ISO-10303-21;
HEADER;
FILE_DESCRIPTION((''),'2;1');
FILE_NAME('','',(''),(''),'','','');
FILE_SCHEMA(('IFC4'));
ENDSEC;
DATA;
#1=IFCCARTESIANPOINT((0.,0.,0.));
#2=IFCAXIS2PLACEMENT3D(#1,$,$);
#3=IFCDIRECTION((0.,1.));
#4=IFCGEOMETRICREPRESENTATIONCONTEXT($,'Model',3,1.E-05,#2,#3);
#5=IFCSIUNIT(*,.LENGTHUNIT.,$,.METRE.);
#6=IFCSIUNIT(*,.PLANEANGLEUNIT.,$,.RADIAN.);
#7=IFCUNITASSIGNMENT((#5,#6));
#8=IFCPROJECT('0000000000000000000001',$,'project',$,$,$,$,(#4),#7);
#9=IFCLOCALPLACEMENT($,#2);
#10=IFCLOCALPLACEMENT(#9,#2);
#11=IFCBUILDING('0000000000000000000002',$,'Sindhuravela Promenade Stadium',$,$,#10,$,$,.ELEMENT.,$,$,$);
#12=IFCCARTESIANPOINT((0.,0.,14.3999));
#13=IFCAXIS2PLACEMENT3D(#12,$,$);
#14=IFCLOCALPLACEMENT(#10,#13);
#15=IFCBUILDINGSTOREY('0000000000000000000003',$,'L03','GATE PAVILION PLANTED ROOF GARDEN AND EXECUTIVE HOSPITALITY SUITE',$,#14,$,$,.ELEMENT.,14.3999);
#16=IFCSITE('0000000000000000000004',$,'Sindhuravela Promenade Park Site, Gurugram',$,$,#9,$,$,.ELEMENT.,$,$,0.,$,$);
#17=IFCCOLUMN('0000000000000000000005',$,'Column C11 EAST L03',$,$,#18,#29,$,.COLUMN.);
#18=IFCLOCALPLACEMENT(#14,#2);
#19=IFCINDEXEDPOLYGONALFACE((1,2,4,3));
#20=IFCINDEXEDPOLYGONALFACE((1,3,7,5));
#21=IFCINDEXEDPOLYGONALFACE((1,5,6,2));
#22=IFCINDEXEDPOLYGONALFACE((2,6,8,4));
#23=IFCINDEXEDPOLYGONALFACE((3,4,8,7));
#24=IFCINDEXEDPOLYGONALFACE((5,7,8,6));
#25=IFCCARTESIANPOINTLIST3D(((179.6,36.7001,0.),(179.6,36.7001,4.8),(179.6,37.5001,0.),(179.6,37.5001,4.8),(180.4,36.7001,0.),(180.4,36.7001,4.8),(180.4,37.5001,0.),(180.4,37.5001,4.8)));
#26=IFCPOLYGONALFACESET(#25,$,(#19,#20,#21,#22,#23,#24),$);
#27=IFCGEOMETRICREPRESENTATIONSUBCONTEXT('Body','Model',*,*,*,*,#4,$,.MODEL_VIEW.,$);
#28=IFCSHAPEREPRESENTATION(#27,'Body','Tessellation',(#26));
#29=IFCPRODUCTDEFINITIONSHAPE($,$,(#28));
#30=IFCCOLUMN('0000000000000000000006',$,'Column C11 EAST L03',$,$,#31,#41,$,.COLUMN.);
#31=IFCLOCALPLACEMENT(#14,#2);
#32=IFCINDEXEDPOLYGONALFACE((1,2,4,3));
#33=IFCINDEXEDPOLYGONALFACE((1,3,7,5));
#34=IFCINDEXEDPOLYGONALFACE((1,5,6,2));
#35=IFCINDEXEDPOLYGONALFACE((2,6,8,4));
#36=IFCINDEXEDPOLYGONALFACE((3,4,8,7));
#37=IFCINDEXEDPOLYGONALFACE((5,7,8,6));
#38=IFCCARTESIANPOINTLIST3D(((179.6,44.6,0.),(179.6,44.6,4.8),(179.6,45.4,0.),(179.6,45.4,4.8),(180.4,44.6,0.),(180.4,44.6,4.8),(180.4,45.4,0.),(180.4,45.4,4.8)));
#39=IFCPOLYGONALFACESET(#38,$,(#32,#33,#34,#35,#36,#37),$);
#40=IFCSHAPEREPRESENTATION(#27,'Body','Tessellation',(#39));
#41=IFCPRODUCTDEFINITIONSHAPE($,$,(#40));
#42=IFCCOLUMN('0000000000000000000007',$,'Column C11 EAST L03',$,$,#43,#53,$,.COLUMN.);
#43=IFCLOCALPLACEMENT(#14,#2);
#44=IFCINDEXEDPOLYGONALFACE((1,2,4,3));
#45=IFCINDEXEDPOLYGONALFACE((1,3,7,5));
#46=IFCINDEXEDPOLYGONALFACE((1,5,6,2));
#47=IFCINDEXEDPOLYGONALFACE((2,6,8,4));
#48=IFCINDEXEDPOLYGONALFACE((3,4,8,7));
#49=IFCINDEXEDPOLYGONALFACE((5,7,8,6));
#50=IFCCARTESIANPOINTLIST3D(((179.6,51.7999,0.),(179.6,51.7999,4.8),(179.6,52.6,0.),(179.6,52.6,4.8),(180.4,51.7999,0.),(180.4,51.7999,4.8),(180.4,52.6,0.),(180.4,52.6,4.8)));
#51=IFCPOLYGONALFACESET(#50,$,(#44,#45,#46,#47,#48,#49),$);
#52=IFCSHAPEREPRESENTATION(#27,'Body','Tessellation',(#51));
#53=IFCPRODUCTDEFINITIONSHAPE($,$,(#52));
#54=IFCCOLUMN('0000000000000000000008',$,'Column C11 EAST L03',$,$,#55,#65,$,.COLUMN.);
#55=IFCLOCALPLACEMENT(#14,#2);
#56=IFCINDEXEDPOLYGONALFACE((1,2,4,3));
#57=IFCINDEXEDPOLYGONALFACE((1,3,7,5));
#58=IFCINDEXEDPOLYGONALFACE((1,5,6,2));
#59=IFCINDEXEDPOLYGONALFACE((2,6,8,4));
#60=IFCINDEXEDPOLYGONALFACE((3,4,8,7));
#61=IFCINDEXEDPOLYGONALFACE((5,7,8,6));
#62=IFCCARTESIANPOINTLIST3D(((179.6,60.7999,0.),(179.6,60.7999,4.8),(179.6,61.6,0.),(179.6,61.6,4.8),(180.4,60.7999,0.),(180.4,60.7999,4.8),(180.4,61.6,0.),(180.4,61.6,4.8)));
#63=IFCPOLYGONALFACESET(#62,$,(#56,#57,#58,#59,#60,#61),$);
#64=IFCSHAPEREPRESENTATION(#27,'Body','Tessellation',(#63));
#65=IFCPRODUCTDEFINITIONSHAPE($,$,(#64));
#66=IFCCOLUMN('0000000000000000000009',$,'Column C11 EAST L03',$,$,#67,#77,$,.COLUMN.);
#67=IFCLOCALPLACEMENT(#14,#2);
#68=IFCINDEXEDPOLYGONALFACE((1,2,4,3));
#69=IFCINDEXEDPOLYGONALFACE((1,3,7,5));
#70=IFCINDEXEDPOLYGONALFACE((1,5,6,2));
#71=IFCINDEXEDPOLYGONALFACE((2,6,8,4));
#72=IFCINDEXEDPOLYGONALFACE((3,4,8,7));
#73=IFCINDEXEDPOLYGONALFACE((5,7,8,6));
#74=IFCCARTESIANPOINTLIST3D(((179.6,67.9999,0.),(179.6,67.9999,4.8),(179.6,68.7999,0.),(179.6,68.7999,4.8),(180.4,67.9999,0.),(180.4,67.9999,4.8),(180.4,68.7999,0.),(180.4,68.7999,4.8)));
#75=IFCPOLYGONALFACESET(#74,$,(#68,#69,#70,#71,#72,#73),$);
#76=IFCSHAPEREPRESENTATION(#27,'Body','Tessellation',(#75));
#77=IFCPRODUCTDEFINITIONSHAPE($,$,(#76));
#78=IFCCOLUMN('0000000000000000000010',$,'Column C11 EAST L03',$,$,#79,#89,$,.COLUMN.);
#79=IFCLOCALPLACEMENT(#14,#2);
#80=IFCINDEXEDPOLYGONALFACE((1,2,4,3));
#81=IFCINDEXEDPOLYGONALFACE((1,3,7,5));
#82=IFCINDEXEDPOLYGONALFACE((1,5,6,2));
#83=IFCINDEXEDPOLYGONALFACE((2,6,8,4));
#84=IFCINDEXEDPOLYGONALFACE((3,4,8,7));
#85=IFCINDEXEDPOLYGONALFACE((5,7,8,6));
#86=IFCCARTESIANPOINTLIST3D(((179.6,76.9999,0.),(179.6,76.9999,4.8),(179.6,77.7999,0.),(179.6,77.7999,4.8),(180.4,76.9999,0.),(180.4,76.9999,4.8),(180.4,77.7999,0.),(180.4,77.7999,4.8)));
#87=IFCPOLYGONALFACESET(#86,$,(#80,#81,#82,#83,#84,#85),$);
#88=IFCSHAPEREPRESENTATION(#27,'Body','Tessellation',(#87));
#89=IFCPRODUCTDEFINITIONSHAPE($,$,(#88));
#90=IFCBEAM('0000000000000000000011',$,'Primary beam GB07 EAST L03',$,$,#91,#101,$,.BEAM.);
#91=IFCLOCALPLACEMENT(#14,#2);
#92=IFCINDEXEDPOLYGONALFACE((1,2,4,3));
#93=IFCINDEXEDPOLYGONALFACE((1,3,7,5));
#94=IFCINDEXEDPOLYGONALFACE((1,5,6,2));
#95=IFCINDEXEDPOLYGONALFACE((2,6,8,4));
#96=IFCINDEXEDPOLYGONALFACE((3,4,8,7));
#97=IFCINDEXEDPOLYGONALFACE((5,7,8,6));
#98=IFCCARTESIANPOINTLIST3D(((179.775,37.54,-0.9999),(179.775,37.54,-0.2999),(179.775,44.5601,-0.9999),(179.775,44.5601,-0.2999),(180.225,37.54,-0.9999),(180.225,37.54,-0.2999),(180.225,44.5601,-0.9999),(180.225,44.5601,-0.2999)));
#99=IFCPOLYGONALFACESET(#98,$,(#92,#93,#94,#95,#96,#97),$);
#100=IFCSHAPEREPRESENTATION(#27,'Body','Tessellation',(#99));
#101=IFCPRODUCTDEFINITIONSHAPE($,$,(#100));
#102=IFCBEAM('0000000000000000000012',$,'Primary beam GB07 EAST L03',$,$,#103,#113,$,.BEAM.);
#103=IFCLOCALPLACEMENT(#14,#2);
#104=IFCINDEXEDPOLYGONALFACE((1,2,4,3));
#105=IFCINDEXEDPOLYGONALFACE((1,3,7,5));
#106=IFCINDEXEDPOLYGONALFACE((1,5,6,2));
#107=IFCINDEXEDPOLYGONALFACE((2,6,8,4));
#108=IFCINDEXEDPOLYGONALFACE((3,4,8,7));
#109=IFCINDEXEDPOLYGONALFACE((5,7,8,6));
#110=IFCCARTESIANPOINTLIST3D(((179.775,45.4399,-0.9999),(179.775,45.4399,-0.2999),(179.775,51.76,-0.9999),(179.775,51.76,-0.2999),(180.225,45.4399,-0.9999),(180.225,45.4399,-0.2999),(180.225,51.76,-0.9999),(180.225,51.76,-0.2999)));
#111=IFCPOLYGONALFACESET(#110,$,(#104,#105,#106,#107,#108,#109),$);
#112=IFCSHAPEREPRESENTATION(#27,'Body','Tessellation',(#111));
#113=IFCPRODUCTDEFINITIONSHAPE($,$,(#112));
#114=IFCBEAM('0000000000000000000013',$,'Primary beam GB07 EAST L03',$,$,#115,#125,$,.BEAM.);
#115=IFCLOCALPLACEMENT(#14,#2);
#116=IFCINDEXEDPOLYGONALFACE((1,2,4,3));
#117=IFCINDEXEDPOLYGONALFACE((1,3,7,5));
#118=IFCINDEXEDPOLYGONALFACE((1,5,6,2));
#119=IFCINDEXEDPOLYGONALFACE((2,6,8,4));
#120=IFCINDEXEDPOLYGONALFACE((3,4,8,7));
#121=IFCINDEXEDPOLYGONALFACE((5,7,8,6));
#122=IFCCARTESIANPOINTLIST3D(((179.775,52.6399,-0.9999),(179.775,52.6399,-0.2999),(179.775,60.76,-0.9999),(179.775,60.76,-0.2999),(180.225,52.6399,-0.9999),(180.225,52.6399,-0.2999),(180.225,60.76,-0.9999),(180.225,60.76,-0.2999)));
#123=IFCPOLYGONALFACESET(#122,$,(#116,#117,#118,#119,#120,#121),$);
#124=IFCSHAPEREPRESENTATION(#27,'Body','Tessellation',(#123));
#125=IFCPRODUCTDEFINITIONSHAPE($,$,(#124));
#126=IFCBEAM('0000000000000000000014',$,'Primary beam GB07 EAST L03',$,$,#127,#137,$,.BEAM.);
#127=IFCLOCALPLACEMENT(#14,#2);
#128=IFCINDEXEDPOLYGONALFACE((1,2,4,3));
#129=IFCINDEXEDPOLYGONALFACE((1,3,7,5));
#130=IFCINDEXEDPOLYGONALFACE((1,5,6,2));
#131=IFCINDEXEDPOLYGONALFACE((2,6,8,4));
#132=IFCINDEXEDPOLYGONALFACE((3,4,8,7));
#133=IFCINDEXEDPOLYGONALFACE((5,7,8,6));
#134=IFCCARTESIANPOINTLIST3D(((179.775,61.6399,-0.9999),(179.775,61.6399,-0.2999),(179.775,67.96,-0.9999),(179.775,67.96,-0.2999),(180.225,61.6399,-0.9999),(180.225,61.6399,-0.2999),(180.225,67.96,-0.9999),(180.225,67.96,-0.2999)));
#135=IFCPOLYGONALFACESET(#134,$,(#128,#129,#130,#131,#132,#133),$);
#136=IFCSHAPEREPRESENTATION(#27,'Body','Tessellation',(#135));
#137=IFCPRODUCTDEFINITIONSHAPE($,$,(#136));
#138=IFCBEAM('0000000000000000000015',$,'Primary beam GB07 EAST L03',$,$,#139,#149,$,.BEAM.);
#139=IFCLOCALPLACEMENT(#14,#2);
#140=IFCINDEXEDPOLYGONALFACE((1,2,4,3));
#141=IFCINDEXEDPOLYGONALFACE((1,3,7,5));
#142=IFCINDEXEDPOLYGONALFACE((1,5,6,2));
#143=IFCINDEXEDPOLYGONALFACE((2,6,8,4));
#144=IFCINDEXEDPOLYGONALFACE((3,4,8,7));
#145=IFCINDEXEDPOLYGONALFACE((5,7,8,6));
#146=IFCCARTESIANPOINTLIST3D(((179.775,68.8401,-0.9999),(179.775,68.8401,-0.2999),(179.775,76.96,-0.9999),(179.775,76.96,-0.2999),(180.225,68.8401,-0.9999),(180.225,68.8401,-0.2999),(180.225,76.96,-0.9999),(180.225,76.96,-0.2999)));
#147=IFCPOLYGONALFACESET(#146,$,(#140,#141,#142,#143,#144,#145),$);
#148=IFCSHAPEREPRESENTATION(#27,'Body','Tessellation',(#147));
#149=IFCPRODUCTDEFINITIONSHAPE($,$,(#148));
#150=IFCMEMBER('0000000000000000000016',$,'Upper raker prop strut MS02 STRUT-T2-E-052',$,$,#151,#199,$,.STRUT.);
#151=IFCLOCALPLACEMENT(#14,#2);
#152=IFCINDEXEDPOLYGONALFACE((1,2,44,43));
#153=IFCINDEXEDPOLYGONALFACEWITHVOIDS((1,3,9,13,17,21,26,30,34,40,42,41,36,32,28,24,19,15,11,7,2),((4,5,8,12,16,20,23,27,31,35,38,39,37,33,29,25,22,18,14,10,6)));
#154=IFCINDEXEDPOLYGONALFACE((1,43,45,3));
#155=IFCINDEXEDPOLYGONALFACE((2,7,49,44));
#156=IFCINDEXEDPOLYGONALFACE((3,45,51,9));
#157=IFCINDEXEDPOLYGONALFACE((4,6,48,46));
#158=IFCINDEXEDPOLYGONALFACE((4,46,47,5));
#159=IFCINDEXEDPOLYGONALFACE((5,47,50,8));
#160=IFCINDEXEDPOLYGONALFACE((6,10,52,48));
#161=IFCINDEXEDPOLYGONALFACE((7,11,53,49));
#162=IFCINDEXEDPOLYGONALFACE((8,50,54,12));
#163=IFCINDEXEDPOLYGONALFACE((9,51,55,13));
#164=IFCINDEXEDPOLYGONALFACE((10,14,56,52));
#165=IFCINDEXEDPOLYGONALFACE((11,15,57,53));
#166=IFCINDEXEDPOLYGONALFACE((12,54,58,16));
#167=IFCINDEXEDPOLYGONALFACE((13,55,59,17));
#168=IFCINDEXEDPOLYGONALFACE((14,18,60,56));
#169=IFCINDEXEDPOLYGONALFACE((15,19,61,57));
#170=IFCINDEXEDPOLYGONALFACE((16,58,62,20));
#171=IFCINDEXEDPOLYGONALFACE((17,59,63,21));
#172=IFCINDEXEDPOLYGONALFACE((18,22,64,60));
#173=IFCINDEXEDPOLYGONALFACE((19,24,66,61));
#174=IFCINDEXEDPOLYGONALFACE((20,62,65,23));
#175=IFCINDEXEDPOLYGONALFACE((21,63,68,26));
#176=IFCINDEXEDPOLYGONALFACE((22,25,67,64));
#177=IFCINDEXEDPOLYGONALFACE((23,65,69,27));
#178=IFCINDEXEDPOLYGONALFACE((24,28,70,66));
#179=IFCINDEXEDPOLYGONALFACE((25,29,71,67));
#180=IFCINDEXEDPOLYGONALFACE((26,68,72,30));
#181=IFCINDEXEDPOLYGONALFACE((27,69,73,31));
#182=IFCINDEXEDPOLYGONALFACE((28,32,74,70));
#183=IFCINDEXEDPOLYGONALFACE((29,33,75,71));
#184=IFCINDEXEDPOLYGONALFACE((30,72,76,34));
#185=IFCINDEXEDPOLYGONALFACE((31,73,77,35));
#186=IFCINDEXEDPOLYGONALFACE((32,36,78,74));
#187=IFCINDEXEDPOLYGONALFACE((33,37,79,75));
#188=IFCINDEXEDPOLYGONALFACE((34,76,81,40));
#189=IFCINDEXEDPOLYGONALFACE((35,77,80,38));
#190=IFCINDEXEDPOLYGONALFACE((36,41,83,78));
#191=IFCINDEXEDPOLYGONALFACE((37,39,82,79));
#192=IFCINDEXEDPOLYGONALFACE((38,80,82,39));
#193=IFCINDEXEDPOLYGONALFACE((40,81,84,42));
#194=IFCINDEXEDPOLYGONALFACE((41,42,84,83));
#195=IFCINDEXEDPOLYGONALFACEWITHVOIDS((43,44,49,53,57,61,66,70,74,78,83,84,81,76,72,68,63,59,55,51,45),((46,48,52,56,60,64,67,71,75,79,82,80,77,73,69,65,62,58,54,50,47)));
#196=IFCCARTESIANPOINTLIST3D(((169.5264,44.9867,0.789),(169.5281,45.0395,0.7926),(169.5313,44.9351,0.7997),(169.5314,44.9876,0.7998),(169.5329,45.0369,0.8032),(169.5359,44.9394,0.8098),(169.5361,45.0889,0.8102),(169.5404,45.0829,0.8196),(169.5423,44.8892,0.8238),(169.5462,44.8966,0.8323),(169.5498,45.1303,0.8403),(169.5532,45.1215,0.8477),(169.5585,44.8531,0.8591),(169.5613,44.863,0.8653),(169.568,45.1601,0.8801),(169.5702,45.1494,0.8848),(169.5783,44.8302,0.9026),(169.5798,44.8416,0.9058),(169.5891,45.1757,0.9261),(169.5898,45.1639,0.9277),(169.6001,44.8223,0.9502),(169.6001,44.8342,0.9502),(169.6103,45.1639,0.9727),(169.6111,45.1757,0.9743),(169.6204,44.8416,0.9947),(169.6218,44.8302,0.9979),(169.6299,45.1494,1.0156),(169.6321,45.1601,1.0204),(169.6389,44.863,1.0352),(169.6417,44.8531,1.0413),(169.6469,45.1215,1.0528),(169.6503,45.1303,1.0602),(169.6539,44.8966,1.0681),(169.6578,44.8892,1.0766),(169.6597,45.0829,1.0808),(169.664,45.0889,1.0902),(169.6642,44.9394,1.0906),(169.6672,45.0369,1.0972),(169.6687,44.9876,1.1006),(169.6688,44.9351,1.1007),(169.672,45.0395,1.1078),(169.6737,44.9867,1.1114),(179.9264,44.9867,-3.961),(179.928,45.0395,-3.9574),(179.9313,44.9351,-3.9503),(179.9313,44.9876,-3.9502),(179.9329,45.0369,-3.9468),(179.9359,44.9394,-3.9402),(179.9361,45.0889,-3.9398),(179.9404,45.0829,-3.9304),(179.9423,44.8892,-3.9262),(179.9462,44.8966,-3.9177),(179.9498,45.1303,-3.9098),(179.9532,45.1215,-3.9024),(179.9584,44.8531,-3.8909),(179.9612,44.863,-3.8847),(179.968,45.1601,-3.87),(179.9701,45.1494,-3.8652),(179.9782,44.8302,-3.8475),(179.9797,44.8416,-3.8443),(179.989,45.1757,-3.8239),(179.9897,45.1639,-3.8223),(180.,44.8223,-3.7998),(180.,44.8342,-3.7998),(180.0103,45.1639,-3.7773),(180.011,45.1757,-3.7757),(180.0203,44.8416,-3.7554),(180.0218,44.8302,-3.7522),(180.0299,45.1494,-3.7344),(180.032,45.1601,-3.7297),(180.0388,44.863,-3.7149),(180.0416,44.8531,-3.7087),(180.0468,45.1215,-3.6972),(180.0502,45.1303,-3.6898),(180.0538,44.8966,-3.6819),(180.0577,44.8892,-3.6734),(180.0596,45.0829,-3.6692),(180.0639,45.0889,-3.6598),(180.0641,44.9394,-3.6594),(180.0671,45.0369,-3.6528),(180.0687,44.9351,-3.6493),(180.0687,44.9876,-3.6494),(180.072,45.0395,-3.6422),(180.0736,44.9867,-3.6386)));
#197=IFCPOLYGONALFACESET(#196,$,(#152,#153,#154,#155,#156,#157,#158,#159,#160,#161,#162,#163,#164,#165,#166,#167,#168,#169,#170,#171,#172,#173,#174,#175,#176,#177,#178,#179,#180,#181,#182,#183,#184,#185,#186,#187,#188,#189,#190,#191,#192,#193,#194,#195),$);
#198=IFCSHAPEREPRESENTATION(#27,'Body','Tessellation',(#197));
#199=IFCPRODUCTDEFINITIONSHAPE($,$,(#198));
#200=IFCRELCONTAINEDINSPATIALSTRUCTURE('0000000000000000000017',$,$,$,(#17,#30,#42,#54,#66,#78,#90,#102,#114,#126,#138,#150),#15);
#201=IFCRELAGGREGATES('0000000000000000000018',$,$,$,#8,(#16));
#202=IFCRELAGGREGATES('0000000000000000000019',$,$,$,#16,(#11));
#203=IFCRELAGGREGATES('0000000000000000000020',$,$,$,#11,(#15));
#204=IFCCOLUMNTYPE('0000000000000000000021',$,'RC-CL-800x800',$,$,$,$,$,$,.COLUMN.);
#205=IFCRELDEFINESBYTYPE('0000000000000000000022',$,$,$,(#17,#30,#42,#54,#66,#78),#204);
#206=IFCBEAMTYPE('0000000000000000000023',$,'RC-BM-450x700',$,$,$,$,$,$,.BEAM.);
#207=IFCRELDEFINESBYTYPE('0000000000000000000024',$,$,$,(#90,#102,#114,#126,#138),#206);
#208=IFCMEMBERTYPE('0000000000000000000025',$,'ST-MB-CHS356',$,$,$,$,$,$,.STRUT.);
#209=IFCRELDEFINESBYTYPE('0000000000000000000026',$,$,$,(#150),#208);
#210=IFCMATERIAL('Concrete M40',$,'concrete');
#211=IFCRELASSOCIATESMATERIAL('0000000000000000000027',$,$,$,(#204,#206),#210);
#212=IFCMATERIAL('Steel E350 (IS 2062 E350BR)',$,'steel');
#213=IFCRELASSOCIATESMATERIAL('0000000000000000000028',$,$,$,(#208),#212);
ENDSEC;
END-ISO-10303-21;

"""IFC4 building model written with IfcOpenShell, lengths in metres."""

from ifc_helpers import new_model, si_unit, direction, frame, origin, origin_2d, place, context, subcontext, project, spatial, rectangle, hollow_circle, extrude, material, material_profile, profile_set, type_object, element, save


model = new_model("IFC4")

# Units and contexts
model_context = context("Model", 3, precision=1e-05, world=origin(), true_north=direction((0.0, 1.0)))
body_context = subcontext(model_context, "Body", "Model", "MODEL_VIEW")
ifc_project = project(units=[si_unit("LENGTHUNIT", "METRE"), si_unit("PLANEANGLEUNIT", "RADIAN")], contexts=[model_context])

# Site, building, storey
site_placement = place(None, origin())
site = spatial("IfcSite", under=ifc_project, at=site_placement, Name="Sindhuravela Promenade Park Site, Gurugram", CompositionType="ELEMENT", RefElevation=0.0)
building_placement = place(site_placement, origin())
building = spatial("IfcBuilding", under=site, at=building_placement, Name="Sindhuravela Promenade Stadium", CompositionType="ELEMENT")
storey_placement = place(building_placement, frame((0.0, 0.0, 14.3999)))
storey = spatial("IfcBuildingStorey", under=building, at=storey_placement, Name="L03", Description="GATE PAVILION PLANTED ROOF GARDEN AND EXECUTIVE HOSPITALITY SUITE", CompositionType="ELEMENT", Elevation=14.3999)

# Columns
ifc_material_1 = material(Name="Concrete M40", Category="concrete")
ifc_material_profile_1 = material_profile(ifc_material_1, rectangle(XDim=0.8, YDim=0.8, at=origin_2d()), Name="RC 800x800")
ifc_profile_set_1 = profile_set([ifc_material_profile_1], Name="Concrete M40")
column_type = type_object("IfcColumnType", Name="RC-CL-800x800", PredefinedType="COLUMN", material=ifc_profile_set_1)
for number, where, z_axis, x_axis, name in (
    (1, (180.0, 37.1001, 0.0), (0.0, 0.0, 1.0), (1.0, 0.0, 0.0), "Column C11 EAST L03"),
    (2, (180.0, 45.0, 0.0), (0.0, 0.0, 1.0), (1.0, 0.0, 0.0), "Column C11 EAST L03"),
    (3, (180.0, 52.2, 0.0), (0.0, 0.0, 1.0), (1.0, 0.0, 0.0), "Column C11 EAST L03"),
    (4, (180.0, 61.2, 0.0), (0.0, 0.0, 1.0), (1.0, 0.0, 0.0), "Column C11 EAST L03"),
    (5, (180.0, 68.3999, 0.0), (0.0, 0.0, 1.0), (1.0, 0.0, 0.0), "Column C11 EAST L03"),
    (6, (180.0, 77.3999, 0.0), (0.0, 0.0, 1.0), (1.0, 0.0, 0.0), "Column C11 EAST L03"),
):
    element("IfcColumn", number, at=place(storey_placement, frame(where, z_axis=z_axis, x_axis=x_axis)), inside=storey, type_object=column_type, Name=name, PredefinedType="COLUMN", context=body_context, shape_type="SweptSolid", body=[
        extrude(rectangle(XDim=0.8, YDim=0.8, at=origin_2d()), origin(), (0.0, 0.0, 1.0), 4.8),
    ])

# Beams
ifc_material_profile_2 = material_profile(ifc_material_1, rectangle(XDim=0.45, YDim=0.7, at=origin_2d()), Name="RC 450x700")
ifc_profile_set_2 = profile_set([ifc_material_profile_2], Name="Concrete M40")
beam_type = type_object("IfcBeamType", Name="RC-BM-450x700", PredefinedType="BEAM", material=ifc_profile_set_2)
beam_1_placement = place(storey_placement, frame((180.0, 37.54, -0.6499), z_axis=(0.0, 1.0, 0.0), x_axis=(-1.0, 0.0, 0.0)))
element("IfcBeam", 7, at=beam_1_placement, inside=storey, type_object=beam_type, Name="Primary beam GB07 EAST L03", PredefinedType="BEAM", context=body_context, shape_type="SweptSolid", body=[
    extrude(rectangle(XDim=0.45, YDim=0.7, at=origin_2d()), origin(), (0.0, 0.0, 1.0), 7.02),
])
beam_2_placement = place(storey_placement, frame((180.0, 45.4399, -0.6499), z_axis=(0.0, 1.0, 0.0), x_axis=(-1.0, 0.0, 0.0)))
element("IfcBeam", 8, at=beam_2_placement, inside=storey, type_object=beam_type, Name="Primary beam GB07 EAST L03", PredefinedType="BEAM", context=body_context, shape_type="SweptSolid", body=[
    extrude(rectangle(XDim=0.45, YDim=0.7, at=origin_2d()), origin(), (0.0, 0.0, 1.0), 6.3201),
])
beam_3_placement = place(storey_placement, frame((180.0, 52.6399, -0.6499), z_axis=(0.0, 1.0, 0.0), x_axis=(-1.0, 0.0, 0.0)))
element("IfcBeam", 9, at=beam_3_placement, inside=storey, type_object=beam_type, Name="Primary beam GB07 EAST L03", PredefinedType="BEAM", context=body_context, shape_type="SweptSolid", body=[
    extrude(rectangle(XDim=0.45, YDim=0.7, at=origin_2d()), origin(), (0.0, 0.0, 1.0), 8.1201),
])
beam_4_placement = place(storey_placement, frame((180.0, 61.6399, -0.6499), z_axis=(0.0, 1.0, 0.0), x_axis=(-1.0, 0.0, 0.0)))
element("IfcBeam", 10, at=beam_4_placement, inside=storey, type_object=beam_type, Name="Primary beam GB07 EAST L03", PredefinedType="BEAM", context=body_context, shape_type="SweptSolid", body=[
    extrude(rectangle(XDim=0.45, YDim=0.7, at=origin_2d()), origin(), (0.0, 0.0, 1.0), 6.3201),
])
beam_5_placement = place(storey_placement, frame((180.0, 68.8401, -0.6499), z_axis=(0.0, 1.0, 0.0), x_axis=(-1.0, 0.0, 0.0)))
element("IfcBeam", 11, at=beam_5_placement, inside=storey, type_object=beam_type, Name="Primary beam GB07 EAST L03", PredefinedType="BEAM", context=body_context, shape_type="SweptSolid", body=[
    extrude(rectangle(XDim=0.45, YDim=0.7, at=origin_2d()), origin(), (0.0, 0.0, 1.0), 8.1199),
])

# Member
ifc_material_2 = material(Name="Steel E350 (IS 2062 E350BR)", Category="steel")
ifc_material_profile_3 = material_profile(ifc_material_2, hollow_circle(Radius=0.1777, WallThickness=0.012, at=origin_2d()), Name="CHS 355.6x12")
ifc_profile_set_3 = profile_set([ifc_material_profile_3], Name="Steel E350 (IS 2062 E350BR)")
member_type = type_object("IfcMemberType", Name="ST-MB-CHS356", PredefinedType="STRUT", material=ifc_profile_set_3)
for number, where, z_axis, x_axis, name in (
    (12, (180.0, 45.0, -3.7998), (-0.909615, 0.0, 0.415453), (0.0, -1.0, 0.0), "Upper raker prop strut MS02 STRUT-T2-E-052"),
):
    element("IfcMember", number, at=place(storey_placement, frame(where, z_axis=z_axis, x_axis=x_axis)), inside=storey, type_object=member_type, Name=name, PredefinedType="STRUT", context=body_context, shape_type="SweptSolid", body=[
        extrude(hollow_circle(Radius=0.1777, WallThickness=0.012, at=origin_2d()), origin(), (0.0, 0.0, 1.0), 11.4333),
    ])

save(model, "model.ifc")
